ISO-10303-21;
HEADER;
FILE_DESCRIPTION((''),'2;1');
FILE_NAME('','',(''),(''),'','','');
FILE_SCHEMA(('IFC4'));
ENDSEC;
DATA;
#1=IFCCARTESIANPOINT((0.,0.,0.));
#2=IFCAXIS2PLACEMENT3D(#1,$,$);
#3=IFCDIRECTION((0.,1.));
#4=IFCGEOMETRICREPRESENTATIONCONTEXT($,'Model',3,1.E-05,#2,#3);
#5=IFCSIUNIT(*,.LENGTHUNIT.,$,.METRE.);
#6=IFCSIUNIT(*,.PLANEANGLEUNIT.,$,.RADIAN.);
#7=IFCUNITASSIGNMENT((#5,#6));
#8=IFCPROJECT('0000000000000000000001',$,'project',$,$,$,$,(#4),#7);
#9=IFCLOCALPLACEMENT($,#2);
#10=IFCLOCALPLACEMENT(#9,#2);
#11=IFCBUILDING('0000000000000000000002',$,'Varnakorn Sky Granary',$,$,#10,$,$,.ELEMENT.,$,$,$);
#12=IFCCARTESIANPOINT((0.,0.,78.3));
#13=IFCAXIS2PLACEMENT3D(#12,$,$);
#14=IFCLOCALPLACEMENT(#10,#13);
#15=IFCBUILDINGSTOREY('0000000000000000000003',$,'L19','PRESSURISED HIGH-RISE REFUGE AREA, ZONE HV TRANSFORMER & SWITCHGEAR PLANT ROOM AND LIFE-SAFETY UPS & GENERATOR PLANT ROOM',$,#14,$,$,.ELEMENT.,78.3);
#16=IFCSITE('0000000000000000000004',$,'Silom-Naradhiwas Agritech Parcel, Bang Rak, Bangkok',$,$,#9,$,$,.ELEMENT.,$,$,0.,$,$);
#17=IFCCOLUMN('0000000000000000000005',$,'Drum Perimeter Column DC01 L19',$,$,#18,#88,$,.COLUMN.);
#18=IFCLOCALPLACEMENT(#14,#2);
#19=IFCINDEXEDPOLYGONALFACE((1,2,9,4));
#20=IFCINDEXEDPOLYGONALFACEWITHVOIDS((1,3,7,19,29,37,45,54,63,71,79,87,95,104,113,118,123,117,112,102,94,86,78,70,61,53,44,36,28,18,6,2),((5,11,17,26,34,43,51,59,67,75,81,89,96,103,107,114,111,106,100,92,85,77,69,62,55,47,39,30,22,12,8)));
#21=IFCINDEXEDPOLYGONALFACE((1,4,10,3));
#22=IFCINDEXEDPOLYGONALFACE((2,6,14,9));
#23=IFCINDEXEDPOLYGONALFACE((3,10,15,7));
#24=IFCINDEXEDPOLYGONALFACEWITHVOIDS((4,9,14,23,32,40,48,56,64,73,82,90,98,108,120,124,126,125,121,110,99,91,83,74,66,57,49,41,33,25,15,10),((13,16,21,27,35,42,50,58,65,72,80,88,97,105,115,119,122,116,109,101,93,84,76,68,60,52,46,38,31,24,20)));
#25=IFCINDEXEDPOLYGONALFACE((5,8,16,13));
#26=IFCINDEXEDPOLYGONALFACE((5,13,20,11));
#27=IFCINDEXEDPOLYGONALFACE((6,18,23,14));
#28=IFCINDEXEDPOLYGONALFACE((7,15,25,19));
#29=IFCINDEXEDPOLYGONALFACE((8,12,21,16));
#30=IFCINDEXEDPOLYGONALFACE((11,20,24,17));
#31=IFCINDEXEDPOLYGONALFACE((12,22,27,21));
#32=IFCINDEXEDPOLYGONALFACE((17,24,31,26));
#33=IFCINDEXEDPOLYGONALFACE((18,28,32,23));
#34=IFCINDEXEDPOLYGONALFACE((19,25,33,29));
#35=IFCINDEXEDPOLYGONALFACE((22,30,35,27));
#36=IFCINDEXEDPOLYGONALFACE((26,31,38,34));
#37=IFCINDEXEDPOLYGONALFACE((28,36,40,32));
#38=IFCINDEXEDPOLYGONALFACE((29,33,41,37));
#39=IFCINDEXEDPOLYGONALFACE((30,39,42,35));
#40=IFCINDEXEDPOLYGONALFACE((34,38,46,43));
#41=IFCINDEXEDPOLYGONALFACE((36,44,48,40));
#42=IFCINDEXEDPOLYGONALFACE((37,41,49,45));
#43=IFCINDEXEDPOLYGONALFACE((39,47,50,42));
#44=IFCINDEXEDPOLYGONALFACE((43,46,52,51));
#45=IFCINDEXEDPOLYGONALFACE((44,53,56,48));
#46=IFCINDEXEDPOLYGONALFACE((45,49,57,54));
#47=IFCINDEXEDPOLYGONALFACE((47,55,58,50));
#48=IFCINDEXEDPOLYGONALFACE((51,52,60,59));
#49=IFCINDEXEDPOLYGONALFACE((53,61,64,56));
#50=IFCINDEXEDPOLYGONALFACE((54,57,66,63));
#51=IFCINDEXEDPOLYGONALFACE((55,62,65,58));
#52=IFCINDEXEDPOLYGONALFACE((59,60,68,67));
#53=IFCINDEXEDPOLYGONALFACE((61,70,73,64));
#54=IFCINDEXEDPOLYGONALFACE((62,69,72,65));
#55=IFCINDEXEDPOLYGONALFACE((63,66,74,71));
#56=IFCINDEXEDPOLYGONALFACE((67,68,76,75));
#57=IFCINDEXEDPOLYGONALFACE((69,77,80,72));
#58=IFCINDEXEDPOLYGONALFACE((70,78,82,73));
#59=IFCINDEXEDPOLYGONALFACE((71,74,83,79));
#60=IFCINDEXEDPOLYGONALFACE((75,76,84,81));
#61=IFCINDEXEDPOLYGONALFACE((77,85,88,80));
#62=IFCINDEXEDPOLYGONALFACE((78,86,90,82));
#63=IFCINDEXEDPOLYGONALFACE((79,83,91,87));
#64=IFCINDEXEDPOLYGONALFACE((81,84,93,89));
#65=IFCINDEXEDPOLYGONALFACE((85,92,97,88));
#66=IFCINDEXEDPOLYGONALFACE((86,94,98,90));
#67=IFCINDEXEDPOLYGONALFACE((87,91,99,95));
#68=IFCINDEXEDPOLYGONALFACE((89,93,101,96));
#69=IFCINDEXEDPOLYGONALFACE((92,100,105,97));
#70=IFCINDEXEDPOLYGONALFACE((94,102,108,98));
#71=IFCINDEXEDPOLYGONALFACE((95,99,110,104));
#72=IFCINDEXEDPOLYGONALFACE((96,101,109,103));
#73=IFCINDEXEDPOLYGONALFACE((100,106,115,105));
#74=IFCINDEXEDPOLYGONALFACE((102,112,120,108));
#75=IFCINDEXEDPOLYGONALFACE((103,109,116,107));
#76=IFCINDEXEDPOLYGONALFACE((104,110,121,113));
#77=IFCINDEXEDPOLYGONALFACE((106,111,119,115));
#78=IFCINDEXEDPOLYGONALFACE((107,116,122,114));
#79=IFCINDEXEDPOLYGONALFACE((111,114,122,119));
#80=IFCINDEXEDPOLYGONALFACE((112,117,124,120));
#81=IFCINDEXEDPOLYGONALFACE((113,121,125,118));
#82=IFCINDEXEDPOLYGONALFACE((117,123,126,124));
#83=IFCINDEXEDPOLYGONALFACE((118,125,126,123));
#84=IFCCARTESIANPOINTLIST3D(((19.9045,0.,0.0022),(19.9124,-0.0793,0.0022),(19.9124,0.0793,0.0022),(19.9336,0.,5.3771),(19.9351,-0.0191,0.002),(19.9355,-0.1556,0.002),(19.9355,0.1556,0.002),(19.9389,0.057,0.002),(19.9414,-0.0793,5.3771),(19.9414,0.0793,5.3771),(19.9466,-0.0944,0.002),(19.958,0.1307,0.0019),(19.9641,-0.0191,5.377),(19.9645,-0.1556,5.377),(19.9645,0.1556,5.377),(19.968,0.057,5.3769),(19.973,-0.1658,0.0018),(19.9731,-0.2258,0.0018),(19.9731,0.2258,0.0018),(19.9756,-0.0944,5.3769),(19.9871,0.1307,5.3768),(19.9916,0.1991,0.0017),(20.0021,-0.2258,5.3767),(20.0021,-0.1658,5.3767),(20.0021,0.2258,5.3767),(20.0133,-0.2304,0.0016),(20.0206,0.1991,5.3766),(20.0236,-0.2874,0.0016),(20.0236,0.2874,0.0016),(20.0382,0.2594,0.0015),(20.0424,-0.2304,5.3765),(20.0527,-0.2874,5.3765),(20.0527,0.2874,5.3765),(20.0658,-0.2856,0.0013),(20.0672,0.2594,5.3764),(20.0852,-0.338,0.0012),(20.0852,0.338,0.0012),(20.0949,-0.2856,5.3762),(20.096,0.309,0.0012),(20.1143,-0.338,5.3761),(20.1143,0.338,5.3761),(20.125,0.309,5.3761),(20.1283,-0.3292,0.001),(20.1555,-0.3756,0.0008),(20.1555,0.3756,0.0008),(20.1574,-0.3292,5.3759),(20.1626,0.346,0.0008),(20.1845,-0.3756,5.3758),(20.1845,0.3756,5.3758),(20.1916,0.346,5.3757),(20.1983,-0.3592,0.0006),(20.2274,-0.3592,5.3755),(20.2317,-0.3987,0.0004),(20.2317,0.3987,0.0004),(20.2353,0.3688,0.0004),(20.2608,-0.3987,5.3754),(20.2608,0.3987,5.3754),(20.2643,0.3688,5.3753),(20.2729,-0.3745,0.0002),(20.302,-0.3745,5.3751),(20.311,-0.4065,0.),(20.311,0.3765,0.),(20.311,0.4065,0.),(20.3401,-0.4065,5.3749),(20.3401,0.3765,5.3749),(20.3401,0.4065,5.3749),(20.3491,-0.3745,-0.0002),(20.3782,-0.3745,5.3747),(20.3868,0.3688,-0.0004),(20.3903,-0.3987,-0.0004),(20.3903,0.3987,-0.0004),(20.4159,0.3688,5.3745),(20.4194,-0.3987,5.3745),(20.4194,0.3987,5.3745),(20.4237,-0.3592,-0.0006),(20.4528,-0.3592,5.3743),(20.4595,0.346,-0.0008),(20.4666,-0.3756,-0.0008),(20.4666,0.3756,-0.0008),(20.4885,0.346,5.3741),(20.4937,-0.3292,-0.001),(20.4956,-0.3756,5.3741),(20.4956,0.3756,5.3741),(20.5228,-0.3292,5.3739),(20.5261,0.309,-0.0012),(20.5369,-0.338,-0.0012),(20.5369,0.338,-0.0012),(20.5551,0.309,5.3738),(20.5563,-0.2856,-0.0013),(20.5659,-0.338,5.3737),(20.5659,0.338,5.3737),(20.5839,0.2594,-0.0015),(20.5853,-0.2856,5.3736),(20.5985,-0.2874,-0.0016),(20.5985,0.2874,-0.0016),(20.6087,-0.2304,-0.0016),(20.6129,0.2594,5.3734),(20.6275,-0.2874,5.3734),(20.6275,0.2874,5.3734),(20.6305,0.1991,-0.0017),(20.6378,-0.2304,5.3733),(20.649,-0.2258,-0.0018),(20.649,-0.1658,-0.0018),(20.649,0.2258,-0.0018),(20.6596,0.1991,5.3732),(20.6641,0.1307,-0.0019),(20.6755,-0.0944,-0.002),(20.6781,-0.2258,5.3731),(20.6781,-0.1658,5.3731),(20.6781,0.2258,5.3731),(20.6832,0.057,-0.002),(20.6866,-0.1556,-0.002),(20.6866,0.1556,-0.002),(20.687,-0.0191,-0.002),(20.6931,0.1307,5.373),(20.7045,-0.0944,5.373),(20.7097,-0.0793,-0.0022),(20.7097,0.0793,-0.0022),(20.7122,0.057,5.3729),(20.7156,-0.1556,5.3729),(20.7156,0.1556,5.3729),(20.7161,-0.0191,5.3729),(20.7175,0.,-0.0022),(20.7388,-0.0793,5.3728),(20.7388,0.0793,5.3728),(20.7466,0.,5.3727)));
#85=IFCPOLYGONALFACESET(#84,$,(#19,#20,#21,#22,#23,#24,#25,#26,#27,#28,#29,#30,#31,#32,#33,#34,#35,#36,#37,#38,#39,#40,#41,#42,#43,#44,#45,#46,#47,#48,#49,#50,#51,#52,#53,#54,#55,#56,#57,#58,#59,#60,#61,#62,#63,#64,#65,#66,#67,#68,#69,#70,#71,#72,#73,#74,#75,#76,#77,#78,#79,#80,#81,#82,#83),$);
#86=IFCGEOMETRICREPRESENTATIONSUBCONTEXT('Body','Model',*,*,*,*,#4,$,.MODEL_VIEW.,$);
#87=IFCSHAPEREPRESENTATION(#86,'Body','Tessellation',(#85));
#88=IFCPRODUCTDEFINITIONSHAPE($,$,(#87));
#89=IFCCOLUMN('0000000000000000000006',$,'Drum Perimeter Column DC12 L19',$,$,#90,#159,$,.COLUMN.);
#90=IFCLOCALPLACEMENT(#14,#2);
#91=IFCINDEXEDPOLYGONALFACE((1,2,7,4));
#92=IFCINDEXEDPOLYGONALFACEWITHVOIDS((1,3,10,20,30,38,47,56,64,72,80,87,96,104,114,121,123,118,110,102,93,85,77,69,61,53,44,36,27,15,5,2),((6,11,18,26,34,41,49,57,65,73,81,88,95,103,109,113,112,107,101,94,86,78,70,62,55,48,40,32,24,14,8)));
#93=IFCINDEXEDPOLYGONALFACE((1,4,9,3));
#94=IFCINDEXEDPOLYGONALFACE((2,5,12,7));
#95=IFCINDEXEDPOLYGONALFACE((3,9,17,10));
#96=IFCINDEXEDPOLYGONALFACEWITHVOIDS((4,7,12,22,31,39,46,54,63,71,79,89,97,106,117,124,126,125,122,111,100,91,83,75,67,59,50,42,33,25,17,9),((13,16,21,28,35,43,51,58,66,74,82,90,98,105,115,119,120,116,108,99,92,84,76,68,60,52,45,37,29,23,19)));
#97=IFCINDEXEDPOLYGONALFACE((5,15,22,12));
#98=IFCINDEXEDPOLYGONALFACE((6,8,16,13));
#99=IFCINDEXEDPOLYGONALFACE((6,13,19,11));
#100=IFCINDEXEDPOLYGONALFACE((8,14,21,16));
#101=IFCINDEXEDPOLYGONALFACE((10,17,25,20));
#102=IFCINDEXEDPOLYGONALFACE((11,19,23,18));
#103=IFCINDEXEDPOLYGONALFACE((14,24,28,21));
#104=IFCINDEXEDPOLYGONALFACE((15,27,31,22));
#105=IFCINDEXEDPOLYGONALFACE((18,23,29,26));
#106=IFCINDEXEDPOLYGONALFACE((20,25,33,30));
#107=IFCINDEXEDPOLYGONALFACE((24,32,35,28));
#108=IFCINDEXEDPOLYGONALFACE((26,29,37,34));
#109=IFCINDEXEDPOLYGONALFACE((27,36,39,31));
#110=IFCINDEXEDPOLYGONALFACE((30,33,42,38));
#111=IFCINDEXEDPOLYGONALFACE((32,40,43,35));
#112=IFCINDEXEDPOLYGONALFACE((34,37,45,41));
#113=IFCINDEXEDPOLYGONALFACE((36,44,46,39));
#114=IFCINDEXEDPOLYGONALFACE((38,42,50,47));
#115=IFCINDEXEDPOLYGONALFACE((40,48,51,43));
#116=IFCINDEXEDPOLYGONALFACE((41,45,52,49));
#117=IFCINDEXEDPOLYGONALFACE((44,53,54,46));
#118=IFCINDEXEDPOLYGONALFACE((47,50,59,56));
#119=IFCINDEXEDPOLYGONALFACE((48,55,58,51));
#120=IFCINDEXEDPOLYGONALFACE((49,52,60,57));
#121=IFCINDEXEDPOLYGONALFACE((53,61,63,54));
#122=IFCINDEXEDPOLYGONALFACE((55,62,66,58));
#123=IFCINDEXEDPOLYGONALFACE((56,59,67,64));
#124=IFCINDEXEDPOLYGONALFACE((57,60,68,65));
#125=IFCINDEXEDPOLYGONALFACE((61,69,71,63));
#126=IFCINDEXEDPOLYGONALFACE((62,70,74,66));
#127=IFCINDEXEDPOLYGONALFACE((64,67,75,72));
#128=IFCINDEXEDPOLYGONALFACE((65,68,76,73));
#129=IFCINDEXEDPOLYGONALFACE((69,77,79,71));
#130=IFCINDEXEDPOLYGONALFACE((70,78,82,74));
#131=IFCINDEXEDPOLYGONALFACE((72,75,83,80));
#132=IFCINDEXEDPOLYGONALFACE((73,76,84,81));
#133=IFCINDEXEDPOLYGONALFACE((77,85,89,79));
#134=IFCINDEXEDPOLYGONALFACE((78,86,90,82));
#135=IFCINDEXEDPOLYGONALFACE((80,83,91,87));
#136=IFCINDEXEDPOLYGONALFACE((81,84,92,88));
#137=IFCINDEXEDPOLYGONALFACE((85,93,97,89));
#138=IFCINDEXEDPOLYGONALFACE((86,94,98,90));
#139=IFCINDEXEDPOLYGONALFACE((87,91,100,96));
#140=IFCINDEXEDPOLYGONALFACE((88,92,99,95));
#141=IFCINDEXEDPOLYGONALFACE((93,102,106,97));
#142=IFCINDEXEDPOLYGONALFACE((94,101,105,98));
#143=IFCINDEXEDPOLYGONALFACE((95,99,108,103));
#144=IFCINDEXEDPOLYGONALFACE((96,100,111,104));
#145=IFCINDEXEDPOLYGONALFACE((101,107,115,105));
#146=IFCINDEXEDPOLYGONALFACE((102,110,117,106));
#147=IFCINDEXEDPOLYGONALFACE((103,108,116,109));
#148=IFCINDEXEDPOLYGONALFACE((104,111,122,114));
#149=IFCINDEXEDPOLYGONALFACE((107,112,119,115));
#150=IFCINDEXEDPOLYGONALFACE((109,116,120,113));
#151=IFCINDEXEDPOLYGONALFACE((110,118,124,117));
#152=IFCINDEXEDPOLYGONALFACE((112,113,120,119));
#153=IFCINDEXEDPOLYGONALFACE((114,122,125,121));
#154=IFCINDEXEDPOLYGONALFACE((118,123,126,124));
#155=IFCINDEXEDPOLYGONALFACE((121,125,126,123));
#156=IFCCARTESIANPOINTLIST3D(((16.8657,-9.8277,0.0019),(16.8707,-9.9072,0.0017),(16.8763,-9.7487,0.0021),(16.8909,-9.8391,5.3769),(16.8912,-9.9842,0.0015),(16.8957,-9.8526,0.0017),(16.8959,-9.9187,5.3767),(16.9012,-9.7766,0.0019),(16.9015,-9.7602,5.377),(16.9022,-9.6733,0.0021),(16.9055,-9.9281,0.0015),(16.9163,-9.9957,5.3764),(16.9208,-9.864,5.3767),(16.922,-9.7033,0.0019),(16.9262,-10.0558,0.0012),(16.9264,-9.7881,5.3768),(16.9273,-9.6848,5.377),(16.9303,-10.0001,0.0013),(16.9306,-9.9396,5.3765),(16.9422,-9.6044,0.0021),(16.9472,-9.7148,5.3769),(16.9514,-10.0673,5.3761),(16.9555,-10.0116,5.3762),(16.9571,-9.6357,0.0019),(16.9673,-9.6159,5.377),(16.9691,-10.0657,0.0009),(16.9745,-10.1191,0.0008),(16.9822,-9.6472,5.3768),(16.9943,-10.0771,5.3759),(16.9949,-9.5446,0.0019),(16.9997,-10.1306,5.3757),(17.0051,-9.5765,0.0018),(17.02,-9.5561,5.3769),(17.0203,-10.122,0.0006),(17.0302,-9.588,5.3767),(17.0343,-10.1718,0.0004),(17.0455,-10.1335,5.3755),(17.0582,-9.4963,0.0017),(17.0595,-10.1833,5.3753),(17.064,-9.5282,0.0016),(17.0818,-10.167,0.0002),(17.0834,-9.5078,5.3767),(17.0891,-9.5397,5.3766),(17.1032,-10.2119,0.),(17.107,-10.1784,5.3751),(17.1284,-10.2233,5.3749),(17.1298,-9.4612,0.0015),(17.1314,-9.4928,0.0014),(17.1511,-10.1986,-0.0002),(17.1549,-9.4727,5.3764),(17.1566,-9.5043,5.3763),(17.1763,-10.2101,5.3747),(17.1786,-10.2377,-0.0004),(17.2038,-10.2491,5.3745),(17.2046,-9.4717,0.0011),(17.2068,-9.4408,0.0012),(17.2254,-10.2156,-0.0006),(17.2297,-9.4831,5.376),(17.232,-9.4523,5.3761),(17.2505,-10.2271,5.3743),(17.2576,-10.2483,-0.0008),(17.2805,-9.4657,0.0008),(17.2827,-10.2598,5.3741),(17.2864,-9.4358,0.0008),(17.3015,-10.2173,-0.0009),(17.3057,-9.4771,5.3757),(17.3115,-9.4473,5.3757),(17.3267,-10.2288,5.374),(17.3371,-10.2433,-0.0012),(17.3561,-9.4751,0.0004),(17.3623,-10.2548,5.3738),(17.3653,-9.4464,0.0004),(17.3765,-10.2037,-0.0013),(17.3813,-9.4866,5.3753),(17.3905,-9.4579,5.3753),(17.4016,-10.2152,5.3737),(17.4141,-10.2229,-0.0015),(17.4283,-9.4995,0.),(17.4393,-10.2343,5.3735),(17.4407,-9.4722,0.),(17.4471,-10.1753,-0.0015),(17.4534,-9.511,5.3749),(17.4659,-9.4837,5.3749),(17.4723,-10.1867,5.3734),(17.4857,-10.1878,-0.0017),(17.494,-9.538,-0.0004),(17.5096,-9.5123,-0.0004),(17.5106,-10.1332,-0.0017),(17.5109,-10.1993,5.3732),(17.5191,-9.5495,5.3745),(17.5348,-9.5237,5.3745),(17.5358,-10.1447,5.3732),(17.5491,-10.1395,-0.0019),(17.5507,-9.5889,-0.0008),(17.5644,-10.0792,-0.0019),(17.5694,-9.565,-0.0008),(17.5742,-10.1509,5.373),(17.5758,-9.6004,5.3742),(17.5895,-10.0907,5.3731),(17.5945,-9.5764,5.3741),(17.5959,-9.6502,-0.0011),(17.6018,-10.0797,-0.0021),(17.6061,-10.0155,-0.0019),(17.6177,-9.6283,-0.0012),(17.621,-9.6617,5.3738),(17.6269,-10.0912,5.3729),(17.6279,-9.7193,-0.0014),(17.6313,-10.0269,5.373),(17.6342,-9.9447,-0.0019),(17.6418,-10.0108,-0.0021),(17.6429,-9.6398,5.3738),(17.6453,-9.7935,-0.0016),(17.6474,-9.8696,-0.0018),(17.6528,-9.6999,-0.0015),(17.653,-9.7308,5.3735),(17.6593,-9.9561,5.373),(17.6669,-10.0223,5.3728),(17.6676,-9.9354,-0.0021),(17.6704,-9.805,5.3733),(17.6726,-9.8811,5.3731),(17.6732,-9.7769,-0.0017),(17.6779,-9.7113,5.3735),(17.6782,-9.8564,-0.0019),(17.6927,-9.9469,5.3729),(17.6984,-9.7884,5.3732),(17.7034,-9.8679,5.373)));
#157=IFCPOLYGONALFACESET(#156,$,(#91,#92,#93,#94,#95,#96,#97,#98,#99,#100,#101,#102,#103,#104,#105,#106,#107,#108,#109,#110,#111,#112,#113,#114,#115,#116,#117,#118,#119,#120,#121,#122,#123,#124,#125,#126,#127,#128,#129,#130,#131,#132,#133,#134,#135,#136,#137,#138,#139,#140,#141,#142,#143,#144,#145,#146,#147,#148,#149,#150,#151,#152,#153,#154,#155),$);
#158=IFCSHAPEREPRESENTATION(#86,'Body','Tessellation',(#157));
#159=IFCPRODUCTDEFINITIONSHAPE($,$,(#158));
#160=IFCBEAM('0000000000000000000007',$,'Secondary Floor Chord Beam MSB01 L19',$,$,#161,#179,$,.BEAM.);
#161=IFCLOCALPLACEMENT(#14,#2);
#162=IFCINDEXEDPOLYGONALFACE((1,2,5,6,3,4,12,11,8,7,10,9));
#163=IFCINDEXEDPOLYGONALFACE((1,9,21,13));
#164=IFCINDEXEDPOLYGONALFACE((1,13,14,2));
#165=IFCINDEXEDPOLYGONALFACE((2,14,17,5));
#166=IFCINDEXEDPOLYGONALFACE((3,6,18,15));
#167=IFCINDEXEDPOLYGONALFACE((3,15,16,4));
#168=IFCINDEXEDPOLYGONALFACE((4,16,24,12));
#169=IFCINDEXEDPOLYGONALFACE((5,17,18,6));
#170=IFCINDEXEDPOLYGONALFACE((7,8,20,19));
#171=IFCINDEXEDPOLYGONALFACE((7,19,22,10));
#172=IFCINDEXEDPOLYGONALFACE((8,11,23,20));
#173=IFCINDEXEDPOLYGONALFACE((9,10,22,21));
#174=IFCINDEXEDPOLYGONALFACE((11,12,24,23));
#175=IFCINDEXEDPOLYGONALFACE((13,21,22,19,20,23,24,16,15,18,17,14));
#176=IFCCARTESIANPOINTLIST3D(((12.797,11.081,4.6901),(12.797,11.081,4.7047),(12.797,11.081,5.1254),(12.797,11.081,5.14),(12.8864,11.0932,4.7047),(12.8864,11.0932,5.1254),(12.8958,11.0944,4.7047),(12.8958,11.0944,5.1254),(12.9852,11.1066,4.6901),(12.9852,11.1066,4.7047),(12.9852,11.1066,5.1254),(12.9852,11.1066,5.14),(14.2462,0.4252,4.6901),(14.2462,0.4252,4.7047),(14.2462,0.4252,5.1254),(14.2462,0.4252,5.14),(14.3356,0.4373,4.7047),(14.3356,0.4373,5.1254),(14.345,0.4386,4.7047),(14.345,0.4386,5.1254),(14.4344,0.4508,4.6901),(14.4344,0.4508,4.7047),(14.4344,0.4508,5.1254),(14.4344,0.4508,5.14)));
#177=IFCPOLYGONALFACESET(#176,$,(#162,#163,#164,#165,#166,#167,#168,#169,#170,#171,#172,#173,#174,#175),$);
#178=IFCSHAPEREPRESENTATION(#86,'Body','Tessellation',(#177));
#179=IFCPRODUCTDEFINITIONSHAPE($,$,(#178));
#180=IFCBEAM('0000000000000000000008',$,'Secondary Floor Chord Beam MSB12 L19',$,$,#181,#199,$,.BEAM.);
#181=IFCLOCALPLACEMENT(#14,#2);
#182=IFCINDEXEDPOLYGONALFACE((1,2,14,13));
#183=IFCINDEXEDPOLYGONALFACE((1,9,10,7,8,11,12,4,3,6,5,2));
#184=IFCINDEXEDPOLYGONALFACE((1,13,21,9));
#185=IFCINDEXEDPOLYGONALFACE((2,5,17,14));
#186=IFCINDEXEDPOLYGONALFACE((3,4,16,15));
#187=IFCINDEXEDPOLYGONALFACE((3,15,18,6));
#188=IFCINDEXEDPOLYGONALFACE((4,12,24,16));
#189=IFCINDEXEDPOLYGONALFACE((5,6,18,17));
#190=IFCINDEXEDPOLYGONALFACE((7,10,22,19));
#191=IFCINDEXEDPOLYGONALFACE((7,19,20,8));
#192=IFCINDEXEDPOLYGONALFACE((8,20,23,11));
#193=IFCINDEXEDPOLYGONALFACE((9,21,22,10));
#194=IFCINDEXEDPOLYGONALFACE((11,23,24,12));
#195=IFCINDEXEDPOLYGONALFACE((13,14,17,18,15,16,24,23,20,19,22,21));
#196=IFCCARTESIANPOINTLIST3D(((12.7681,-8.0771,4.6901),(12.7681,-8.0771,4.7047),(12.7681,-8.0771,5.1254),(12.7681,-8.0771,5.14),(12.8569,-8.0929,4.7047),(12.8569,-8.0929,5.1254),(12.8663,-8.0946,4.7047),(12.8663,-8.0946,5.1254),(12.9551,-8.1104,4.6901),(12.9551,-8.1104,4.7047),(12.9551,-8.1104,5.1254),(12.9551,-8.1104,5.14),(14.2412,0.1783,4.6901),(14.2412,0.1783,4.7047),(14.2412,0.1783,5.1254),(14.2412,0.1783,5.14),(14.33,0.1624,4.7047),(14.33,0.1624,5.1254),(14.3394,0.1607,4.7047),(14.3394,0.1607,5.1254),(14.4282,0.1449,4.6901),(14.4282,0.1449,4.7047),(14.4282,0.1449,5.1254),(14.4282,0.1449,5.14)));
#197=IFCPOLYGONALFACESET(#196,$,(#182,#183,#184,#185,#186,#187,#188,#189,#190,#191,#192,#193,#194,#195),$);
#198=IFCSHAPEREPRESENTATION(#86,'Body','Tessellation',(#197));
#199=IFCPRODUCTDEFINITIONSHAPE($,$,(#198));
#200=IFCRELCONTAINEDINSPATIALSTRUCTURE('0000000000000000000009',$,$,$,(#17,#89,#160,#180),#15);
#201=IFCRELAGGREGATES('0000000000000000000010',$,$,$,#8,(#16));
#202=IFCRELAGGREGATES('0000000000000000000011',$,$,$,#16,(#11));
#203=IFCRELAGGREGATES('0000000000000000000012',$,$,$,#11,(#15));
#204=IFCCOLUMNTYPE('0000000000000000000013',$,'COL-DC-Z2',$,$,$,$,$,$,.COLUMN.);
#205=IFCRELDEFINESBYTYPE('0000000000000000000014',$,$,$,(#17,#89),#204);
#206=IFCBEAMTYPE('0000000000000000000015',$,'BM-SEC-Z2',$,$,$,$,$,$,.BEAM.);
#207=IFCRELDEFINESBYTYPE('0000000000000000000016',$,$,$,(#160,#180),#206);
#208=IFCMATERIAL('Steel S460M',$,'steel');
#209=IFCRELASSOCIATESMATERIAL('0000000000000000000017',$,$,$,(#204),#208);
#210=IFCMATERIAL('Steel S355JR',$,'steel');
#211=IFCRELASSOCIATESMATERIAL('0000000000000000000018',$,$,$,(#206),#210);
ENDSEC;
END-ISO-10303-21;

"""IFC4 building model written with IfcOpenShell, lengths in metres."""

from ifc_helpers import new_model, si_unit, direction, frame, origin, origin_2d, place, context, subcontext, project, spatial, hollow_circle, i_section, extrude, material, material_profile, profile_set, type_object, element, save


model = new_model("IFC4")

# Units and contexts
model_context = context("Model", 3, precision=1e-05, world=origin(), true_north=direction((0.0, 1.0)))
body_context = subcontext(model_context, "Body", "Model", "MODEL_VIEW")
ifc_project = project(units=[si_unit("LENGTHUNIT", "METRE"), si_unit("PLANEANGLEUNIT", "RADIAN")], contexts=[model_context])

# Site, building, storey
site_placement = place(None, origin())
site = spatial("IfcSite", under=ifc_project, at=site_placement, Name="Silom-Naradhiwas Agritech Parcel, Bang Rak, Bangkok", CompositionType="ELEMENT", RefElevation=0.0)
building_placement = place(site_placement, origin())
building = spatial("IfcBuilding", under=site, at=building_placement, Name="Varnakorn Sky Granary", CompositionType="ELEMENT")
storey_placement = place(building_placement, frame((0.0, 0.0, 78.3)))
storey = spatial("IfcBuildingStorey", under=building, at=storey_placement, Name="L19", Description="PRESSURISED HIGH-RISE REFUGE AREA, ZONE HV TRANSFORMER & SWITCHGEAR PLANT ROOM AND LIFE-SAFETY UPS & GENERATOR PLANT ROOM", CompositionType="ELEMENT", Elevation=78.3)

# Columns
ifc_material_1 = material(Name="Steel S460M", Category="steel")
ifc_material_profile_1 = material_profile(ifc_material_1, hollow_circle(Radius=0.4065, WallThickness=0.03, at=origin_2d()), Name="CHS 813x30")
ifc_profile_set_1 = profile_set([ifc_material_profile_1], Name="Steel S460M")
column_type = type_object("IfcColumnType", Name="COL-DC-Z2", PredefinedType="COLUMN", material=ifc_profile_set_1)
for number, where, z_axis, x_axis, name in (
    (1, (20.311, 0.0, 0.0), (0.005405, 0.0, 0.999985), (0.0, 1.0, 0.0), "Drum Perimeter Column DC01 L19"),
    (2, (17.272, -9.842, 0.0), (0.004678, -0.002135, 0.999987), (0.415133, 0.909761, 0.0), "Drum Perimeter Column DC12 L19"),
):
    element("IfcColumn", number, at=place(storey_placement, frame(where, z_axis=z_axis, x_axis=x_axis)), inside=storey, type_object=column_type, Name=name, PredefinedType="COLUMN", context=body_context, shape_type="SweptSolid", body=[
        extrude(hollow_circle(Radius=0.4065, WallThickness=0.03, at=origin_2d()), origin(), (0.0, 0.0, 1.0), 5.375),
    ])

# Beams
ifc_material_2 = material(Name="Steel S355JR", Category="steel")
ifc_material_profile_2 = material_profile(ifc_material_2, i_section(OverallWidth=0.1899, OverallDepth=0.45, WebThickness=0.0095, FlangeThickness=0.0146, at=origin_2d()), Name="IPE 450")
ifc_profile_set_2 = profile_set([ifc_material_profile_2], Name="Steel S355JR")
beam_type_1 = type_object("IfcBeamType", Name="BM-SEC-Z2", PredefinedType="BEAM", material=ifc_profile_set_2)
beam_1_placement = place(storey_placement, frame((14.3403, 0.438, 4.915), z_axis=(-0.134763, 0.990878, 0.0), x_axis=(-0.990878, -0.134763, 0.0)))
element("IfcBeam", 3, at=beam_1_placement, inside=storey, type_object=beam_type_1, Name="Secondary Floor Chord Beam MSB01 L19", PredefinedType="BEAM", context=body_context, shape_type="SweptSolid", body=[
    extrude(i_section(OverallWidth=0.1899, OverallDepth=0.45, WebThickness=0.0095, FlangeThickness=0.0146, at=origin_2d()), origin(), (0.0, 0.0, 1.0), 10.7539),
])
beam_2_placement = place(storey_placement, frame((12.8616, -8.0938, 4.915), z_axis=(0.175672, 0.984449, 0.0), x_axis=(-0.984449, 0.175672, 0.0)))
element("IfcBeam", 4, at=beam_2_placement, inside=storey, type_object=beam_type_1, Name="Secondary Floor Chord Beam MSB12 L19", PredefinedType="BEAM", context=body_context, shape_type="SweptSolid", body=[
    extrude(i_section(OverallWidth=0.1899, OverallDepth=0.45, WebThickness=0.0095, FlangeThickness=0.0146, at=origin_2d()), origin(), (0.0, 0.0, 1.0), 8.3857),
])

save(model, "model.ifc")
